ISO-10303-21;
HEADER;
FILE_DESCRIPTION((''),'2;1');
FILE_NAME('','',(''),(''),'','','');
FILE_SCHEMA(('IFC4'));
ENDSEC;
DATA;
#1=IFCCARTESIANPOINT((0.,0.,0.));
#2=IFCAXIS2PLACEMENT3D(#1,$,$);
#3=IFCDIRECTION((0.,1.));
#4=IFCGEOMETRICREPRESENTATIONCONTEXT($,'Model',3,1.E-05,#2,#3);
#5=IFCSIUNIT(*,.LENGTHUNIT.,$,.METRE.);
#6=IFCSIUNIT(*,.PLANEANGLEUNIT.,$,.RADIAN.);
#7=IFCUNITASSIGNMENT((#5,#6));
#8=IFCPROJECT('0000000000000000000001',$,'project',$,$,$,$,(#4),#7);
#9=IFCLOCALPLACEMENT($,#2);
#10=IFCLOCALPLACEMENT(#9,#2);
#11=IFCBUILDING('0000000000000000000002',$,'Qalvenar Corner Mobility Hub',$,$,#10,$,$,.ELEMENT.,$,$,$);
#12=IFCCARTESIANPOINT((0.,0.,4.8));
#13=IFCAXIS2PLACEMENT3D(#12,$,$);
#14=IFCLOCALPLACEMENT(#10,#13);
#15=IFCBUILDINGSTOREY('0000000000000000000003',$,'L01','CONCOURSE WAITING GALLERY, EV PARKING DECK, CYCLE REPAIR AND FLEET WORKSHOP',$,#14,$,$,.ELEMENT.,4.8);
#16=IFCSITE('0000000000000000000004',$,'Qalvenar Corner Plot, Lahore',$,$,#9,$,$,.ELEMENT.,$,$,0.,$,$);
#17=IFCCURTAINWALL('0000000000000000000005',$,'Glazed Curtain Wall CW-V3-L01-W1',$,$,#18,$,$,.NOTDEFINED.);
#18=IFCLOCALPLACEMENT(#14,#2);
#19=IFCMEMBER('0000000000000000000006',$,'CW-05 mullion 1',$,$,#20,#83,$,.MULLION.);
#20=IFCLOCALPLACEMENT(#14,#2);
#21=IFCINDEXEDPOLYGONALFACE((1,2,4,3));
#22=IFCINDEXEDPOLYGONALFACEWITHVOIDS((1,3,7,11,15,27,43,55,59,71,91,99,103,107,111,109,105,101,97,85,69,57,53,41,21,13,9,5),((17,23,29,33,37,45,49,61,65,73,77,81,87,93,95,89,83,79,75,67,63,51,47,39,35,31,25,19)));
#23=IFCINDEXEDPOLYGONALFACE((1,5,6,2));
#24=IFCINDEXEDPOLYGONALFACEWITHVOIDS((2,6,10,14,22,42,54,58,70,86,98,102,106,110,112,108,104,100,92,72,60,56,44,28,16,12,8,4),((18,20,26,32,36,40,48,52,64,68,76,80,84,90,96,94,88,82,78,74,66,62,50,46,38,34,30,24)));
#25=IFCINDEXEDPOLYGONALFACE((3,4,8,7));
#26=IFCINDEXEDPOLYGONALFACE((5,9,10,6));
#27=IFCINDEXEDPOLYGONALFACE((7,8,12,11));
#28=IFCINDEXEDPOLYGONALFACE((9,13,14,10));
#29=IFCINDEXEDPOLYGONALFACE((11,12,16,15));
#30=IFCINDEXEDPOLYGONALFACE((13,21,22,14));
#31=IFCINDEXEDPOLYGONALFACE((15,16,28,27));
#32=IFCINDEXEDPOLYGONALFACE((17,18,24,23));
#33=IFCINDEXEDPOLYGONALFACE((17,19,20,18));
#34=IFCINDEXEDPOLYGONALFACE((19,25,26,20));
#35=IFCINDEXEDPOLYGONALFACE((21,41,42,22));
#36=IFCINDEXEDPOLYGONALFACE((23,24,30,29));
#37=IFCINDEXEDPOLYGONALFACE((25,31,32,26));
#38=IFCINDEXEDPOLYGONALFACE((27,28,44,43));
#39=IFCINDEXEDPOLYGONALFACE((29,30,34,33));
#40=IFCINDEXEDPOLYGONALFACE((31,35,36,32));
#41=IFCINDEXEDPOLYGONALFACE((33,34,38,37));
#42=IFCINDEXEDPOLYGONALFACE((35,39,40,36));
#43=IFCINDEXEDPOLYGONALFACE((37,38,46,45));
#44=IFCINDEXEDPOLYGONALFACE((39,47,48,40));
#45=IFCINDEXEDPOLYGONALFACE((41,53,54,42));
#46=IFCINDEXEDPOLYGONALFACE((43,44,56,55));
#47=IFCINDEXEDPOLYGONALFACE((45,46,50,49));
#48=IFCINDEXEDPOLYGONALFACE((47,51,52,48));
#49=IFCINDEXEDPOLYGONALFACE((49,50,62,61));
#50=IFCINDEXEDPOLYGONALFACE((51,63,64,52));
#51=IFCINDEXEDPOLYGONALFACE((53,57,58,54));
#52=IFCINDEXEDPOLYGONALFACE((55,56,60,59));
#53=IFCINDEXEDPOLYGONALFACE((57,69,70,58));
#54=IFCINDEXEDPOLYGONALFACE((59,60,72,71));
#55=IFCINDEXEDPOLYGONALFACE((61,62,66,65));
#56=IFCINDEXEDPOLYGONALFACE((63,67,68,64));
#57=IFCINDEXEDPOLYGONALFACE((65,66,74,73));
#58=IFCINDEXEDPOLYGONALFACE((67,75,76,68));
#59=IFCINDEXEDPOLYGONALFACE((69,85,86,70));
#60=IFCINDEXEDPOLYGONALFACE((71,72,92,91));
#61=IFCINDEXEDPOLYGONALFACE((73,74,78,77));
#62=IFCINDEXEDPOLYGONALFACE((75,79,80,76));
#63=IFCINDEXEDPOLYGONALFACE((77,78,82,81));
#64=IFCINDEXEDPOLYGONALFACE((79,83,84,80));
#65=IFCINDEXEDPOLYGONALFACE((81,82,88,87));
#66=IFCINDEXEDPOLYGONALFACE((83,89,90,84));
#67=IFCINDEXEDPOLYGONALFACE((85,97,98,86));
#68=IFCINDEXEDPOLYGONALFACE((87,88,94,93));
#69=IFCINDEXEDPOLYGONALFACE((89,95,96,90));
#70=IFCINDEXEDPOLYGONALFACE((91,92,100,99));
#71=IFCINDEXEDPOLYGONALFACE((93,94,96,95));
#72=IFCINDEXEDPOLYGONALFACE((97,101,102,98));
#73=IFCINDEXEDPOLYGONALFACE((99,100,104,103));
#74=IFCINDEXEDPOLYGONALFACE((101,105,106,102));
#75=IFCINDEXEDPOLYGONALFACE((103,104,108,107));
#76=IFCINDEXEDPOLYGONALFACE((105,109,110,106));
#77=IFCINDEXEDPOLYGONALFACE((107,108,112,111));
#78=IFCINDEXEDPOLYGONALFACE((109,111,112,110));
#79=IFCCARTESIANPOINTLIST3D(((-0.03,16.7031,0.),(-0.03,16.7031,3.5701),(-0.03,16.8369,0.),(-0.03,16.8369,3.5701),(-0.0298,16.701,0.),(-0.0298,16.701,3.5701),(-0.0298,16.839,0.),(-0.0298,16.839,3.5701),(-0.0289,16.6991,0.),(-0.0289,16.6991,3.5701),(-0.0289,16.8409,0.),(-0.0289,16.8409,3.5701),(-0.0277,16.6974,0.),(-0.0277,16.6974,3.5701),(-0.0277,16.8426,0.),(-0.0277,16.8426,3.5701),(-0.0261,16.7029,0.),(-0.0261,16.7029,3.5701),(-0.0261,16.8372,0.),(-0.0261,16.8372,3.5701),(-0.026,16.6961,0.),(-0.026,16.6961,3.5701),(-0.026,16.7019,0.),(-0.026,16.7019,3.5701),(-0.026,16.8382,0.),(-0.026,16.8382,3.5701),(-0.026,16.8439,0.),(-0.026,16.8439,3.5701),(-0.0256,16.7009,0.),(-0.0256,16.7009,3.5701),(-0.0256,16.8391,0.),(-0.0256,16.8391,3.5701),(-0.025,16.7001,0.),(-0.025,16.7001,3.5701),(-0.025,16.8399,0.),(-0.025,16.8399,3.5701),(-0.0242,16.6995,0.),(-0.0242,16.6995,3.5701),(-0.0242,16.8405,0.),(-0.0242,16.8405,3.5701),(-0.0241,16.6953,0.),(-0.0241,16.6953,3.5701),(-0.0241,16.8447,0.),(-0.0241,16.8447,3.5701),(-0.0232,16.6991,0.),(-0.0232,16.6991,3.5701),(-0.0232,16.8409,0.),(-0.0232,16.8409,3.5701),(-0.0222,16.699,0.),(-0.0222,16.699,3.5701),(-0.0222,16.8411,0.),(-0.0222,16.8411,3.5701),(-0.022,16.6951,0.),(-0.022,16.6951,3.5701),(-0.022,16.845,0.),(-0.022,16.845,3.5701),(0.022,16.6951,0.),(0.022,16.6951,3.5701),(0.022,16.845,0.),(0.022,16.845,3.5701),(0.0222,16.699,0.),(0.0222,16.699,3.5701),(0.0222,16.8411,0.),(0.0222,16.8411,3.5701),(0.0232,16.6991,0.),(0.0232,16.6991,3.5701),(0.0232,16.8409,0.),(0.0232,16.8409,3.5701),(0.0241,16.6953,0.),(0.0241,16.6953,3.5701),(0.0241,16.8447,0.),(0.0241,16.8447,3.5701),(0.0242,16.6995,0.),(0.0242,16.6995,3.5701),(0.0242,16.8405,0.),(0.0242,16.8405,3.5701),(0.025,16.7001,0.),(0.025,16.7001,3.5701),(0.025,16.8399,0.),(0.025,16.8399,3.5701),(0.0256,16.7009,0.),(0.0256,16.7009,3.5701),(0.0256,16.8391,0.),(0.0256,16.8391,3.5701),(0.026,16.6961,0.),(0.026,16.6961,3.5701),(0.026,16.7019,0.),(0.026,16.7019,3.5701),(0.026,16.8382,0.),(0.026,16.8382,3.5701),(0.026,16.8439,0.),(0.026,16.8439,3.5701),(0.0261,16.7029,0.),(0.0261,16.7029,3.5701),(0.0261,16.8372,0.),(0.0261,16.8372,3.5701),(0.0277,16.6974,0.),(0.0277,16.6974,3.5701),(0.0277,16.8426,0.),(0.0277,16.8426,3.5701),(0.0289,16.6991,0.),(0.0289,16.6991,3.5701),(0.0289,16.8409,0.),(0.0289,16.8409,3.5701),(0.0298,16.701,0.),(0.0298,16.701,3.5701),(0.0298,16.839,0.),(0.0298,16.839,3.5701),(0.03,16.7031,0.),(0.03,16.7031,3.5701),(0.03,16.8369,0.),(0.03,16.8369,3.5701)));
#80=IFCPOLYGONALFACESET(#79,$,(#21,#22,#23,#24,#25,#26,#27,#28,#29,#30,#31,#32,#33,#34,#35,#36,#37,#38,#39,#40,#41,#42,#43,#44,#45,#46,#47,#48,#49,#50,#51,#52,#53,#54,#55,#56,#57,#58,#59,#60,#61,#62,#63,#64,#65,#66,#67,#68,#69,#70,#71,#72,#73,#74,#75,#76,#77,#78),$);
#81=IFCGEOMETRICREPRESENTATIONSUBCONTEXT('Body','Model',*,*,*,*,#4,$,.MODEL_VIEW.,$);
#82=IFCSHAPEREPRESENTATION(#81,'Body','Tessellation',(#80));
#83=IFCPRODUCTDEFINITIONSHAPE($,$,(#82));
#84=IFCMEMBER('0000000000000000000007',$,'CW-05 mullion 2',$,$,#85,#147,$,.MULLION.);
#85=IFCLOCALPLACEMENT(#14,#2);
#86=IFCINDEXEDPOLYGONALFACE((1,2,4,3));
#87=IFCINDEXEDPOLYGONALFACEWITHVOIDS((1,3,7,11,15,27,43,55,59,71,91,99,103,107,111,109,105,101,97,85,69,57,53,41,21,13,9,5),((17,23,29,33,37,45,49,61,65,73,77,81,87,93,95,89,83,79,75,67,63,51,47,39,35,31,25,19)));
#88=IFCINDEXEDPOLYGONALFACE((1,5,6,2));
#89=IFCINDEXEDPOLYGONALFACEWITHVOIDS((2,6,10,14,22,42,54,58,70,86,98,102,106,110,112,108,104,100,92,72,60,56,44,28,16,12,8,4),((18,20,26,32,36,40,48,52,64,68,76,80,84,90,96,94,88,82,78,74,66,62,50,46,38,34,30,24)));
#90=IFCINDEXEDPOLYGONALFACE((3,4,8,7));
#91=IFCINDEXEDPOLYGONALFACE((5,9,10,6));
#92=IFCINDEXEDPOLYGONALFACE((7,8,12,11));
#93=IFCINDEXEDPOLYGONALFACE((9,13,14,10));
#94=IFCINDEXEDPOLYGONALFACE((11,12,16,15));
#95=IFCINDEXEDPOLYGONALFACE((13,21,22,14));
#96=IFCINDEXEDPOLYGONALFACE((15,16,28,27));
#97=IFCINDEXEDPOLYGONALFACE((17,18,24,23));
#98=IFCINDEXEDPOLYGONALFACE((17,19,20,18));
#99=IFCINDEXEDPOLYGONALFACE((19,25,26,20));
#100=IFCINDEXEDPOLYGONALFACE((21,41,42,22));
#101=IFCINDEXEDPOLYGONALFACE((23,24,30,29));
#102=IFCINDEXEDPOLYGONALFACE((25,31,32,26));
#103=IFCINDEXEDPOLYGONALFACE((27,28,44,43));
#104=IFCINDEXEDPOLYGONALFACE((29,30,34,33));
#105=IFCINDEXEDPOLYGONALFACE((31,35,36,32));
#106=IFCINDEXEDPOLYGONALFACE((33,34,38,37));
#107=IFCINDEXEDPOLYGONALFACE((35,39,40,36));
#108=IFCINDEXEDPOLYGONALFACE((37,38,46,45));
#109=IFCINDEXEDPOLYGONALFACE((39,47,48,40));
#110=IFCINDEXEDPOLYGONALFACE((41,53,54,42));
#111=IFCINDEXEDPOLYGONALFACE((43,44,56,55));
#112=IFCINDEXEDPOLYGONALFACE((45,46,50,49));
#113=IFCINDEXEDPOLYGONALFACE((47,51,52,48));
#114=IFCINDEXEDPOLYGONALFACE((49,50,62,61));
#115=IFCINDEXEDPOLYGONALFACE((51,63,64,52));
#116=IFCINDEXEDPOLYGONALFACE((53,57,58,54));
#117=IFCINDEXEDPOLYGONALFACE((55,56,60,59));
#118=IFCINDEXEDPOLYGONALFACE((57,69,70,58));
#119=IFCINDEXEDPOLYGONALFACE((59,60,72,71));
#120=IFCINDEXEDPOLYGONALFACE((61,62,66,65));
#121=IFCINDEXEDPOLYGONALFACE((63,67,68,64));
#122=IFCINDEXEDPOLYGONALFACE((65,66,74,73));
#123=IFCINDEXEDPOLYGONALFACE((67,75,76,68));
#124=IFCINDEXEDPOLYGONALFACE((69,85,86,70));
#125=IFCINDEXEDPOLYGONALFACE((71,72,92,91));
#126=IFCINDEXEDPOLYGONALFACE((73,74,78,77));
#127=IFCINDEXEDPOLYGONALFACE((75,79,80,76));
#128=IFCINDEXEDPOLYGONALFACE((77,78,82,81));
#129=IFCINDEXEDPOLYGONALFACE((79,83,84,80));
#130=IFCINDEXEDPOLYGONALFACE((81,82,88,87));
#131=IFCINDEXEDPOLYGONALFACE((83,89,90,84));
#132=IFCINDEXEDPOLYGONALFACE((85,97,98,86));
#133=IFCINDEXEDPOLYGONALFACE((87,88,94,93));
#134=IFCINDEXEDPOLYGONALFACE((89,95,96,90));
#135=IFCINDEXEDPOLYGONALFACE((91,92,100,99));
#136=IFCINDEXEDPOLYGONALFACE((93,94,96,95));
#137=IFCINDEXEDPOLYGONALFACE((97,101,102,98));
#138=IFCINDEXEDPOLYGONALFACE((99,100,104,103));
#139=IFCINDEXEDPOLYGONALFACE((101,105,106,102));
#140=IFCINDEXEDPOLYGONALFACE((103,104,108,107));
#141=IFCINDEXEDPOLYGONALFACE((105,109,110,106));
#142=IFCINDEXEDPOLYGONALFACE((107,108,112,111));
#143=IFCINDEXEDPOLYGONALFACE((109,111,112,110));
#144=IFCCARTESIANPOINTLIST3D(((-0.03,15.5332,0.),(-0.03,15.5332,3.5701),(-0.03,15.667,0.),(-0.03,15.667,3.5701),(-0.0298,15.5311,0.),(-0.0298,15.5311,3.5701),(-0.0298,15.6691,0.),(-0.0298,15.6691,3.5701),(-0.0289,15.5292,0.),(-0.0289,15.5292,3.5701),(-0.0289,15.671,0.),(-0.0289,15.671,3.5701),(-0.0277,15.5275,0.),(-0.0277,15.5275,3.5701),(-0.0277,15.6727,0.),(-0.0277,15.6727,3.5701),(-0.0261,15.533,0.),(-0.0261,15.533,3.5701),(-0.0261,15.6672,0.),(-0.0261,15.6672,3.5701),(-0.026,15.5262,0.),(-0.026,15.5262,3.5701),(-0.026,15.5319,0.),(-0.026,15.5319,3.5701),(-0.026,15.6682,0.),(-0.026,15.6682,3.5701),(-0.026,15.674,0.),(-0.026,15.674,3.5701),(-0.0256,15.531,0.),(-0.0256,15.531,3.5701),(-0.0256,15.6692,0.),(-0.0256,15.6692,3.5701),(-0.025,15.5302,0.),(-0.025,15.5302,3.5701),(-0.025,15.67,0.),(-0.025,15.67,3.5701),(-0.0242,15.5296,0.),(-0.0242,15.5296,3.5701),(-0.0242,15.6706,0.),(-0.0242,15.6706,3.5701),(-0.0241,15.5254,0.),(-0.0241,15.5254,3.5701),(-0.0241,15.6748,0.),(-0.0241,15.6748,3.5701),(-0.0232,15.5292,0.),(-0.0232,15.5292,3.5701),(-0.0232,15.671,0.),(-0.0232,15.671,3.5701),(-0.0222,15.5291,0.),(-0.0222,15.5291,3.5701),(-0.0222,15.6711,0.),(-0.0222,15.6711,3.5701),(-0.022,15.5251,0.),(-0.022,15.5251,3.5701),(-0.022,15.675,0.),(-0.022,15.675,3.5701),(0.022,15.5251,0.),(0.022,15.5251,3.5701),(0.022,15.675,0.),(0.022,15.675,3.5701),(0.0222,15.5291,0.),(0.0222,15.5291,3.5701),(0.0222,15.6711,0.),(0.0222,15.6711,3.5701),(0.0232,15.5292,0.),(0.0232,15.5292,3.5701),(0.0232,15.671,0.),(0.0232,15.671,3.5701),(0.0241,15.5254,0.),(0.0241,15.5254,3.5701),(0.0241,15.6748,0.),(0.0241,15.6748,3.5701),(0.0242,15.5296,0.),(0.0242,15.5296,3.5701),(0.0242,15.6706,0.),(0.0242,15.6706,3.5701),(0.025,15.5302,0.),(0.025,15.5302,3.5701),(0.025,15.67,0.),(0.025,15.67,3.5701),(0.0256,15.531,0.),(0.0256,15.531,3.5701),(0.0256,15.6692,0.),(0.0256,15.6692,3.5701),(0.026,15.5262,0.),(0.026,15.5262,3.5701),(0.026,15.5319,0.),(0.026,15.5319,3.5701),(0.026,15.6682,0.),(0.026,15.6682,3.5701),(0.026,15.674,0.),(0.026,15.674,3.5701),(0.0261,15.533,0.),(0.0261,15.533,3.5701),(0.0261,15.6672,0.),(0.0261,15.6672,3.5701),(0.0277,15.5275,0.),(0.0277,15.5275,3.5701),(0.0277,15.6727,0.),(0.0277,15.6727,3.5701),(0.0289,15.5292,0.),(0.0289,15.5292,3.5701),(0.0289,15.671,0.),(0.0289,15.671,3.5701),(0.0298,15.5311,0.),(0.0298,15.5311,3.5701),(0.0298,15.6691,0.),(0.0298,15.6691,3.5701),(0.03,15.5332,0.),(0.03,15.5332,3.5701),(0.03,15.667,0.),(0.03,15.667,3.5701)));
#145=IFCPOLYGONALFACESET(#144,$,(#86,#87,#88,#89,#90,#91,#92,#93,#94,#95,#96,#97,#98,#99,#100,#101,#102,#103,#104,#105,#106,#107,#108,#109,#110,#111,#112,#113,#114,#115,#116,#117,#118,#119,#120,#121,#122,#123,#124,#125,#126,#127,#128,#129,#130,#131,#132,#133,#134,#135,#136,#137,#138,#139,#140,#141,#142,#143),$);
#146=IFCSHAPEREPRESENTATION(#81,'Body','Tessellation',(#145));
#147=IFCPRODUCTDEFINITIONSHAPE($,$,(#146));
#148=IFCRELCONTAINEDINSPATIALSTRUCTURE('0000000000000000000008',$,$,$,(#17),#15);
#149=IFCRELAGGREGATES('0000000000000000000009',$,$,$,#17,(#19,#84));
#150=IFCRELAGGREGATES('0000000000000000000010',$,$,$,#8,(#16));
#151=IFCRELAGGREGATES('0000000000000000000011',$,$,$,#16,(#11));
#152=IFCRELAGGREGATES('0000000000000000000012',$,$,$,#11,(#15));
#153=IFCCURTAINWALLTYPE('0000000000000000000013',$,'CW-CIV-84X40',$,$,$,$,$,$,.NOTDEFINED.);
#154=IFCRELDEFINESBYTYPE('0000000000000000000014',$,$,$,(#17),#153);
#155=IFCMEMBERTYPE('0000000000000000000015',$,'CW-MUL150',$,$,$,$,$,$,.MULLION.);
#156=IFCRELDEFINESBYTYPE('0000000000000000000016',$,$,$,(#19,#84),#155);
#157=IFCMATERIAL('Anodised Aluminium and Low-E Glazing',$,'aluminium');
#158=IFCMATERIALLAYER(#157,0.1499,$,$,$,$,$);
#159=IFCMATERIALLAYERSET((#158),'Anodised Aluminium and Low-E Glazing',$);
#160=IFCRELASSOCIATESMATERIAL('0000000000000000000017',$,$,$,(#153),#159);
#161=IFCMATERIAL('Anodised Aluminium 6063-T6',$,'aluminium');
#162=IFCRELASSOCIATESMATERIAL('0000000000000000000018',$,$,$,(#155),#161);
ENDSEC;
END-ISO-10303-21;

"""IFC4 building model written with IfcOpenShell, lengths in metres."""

from ifc_helpers import new_model, si_unit, direction, frame, origin, origin_2d, place, context, subcontext, project, spatial, hollow_rectangle, extrude, material, layer, layer_set, material_profile, profile_set, type_object, element, aggregate, save


model = new_model("IFC4")

# Units and contexts
model_context = context("Model", 3, precision=1e-05, world=origin(), true_north=direction((0.0, 1.0)))
body_context = subcontext(model_context, "Body", "Model", "MODEL_VIEW")
ifc_project = project(units=[si_unit("LENGTHUNIT", "METRE"), si_unit("PLANEANGLEUNIT", "RADIAN")], contexts=[model_context])

# Site, building, storey
site_placement = place(None, origin())
site = spatial("IfcSite", under=ifc_project, at=site_placement, Name="Qalvenar Corner Plot, Lahore", CompositionType="ELEMENT", RefElevation=0.0)
building_placement = place(site_placement, origin())
building = spatial("IfcBuilding", under=site, at=building_placement, Name="Qalvenar Corner Mobility Hub", CompositionType="ELEMENT")
storey_placement = place(building_placement, frame((0.0, 0.0, 4.8)))
storey = spatial("IfcBuildingStorey", under=building, at=storey_placement, Name="L01", Description="CONCOURSE WAITING GALLERY, EV PARKING DECK, CYCLE REPAIR AND FLEET WORKSHOP", CompositionType="ELEMENT", Elevation=4.8)

# Curtain wall, members
ifc_material_1 = material(Name="Anodised Aluminium and Low-E Glazing", Category="aluminium")
ifc_layer_1 = layer(ifc_material_1, 0.1499)
ifc_layer_set_1 = layer_set([ifc_layer_1], Name="Anodised Aluminium and Low-E Glazing")
curtain_wall_type = type_object("IfcCurtainWallType", Name="CW-CIV-84X40", PredefinedType="NOTDEFINED", material=ifc_layer_set_1)
curtain_wall_placement = place(storey_placement, origin())
curtain_wall = element("IfcCurtainWall", 1, at=curtain_wall_placement, inside=storey, type_object=curtain_wall_type, Name="Glazed Curtain Wall CW-V3-L01-W1", PredefinedType="NOTDEFINED")
ifc_material_2 = material(Name="Anodised Aluminium 6063-T6", Category="aluminium")
ifc_material_profile_1 = material_profile(ifc_material_2, hollow_rectangle(XDim=0.0601, YDim=0.1499, WallThickness=0.0039, InnerFilletRadius=0.0039, OuterFilletRadius=0.0081, at=origin_2d()), Name="RHS150x60x4")
ifc_profile_set_1 = profile_set([ifc_material_profile_1], Name="Anodised Aluminium 6063-T6")
member_type_1 = type_object("IfcMemberType", Name="CW-MUL150", PredefinedType="MULLION", material=ifc_profile_set_1)
member_1_placement = place(storey_placement, frame((0.0, 16.77, 0.0), z_axis=(0.0, 0.0, 1.0), x_axis=(1.0, 0.0, 0.0)))
member_1 = element("IfcMember", 2, at=member_1_placement, type_object=member_type_1, Name="CW-05 mullion 1", PredefinedType="MULLION", context=body_context, shape_type="SweptSolid", body=[
    extrude(hollow_rectangle(XDim=0.0601, YDim=0.1499, WallThickness=0.0039, InnerFilletRadius=0.0039, OuterFilletRadius=0.0081, at=origin_2d()), origin(), (0.0, 0.0, 1.0), 3.5701),
])
member_2_placement = place(storey_placement, frame((0.0, 15.6001, 0.0), z_axis=(0.0, 0.0, 1.0), x_axis=(1.0, 0.0, 0.0)))
member_2 = element("IfcMember", 3, at=member_2_placement, type_object=member_type_1, Name="CW-05 mullion 2", PredefinedType="MULLION", context=body_context, shape_type="SweptSolid", body=[
    extrude(hollow_rectangle(XDim=0.0601, YDim=0.1499, WallThickness=0.0039, InnerFilletRadius=0.0039, OuterFilletRadius=0.0081, at=origin_2d()), origin(), (0.0, 0.0, 1.0), 3.5701),
])
aggregate(curtain_wall, [member_1, member_2])

save(model, "model.ifc")
